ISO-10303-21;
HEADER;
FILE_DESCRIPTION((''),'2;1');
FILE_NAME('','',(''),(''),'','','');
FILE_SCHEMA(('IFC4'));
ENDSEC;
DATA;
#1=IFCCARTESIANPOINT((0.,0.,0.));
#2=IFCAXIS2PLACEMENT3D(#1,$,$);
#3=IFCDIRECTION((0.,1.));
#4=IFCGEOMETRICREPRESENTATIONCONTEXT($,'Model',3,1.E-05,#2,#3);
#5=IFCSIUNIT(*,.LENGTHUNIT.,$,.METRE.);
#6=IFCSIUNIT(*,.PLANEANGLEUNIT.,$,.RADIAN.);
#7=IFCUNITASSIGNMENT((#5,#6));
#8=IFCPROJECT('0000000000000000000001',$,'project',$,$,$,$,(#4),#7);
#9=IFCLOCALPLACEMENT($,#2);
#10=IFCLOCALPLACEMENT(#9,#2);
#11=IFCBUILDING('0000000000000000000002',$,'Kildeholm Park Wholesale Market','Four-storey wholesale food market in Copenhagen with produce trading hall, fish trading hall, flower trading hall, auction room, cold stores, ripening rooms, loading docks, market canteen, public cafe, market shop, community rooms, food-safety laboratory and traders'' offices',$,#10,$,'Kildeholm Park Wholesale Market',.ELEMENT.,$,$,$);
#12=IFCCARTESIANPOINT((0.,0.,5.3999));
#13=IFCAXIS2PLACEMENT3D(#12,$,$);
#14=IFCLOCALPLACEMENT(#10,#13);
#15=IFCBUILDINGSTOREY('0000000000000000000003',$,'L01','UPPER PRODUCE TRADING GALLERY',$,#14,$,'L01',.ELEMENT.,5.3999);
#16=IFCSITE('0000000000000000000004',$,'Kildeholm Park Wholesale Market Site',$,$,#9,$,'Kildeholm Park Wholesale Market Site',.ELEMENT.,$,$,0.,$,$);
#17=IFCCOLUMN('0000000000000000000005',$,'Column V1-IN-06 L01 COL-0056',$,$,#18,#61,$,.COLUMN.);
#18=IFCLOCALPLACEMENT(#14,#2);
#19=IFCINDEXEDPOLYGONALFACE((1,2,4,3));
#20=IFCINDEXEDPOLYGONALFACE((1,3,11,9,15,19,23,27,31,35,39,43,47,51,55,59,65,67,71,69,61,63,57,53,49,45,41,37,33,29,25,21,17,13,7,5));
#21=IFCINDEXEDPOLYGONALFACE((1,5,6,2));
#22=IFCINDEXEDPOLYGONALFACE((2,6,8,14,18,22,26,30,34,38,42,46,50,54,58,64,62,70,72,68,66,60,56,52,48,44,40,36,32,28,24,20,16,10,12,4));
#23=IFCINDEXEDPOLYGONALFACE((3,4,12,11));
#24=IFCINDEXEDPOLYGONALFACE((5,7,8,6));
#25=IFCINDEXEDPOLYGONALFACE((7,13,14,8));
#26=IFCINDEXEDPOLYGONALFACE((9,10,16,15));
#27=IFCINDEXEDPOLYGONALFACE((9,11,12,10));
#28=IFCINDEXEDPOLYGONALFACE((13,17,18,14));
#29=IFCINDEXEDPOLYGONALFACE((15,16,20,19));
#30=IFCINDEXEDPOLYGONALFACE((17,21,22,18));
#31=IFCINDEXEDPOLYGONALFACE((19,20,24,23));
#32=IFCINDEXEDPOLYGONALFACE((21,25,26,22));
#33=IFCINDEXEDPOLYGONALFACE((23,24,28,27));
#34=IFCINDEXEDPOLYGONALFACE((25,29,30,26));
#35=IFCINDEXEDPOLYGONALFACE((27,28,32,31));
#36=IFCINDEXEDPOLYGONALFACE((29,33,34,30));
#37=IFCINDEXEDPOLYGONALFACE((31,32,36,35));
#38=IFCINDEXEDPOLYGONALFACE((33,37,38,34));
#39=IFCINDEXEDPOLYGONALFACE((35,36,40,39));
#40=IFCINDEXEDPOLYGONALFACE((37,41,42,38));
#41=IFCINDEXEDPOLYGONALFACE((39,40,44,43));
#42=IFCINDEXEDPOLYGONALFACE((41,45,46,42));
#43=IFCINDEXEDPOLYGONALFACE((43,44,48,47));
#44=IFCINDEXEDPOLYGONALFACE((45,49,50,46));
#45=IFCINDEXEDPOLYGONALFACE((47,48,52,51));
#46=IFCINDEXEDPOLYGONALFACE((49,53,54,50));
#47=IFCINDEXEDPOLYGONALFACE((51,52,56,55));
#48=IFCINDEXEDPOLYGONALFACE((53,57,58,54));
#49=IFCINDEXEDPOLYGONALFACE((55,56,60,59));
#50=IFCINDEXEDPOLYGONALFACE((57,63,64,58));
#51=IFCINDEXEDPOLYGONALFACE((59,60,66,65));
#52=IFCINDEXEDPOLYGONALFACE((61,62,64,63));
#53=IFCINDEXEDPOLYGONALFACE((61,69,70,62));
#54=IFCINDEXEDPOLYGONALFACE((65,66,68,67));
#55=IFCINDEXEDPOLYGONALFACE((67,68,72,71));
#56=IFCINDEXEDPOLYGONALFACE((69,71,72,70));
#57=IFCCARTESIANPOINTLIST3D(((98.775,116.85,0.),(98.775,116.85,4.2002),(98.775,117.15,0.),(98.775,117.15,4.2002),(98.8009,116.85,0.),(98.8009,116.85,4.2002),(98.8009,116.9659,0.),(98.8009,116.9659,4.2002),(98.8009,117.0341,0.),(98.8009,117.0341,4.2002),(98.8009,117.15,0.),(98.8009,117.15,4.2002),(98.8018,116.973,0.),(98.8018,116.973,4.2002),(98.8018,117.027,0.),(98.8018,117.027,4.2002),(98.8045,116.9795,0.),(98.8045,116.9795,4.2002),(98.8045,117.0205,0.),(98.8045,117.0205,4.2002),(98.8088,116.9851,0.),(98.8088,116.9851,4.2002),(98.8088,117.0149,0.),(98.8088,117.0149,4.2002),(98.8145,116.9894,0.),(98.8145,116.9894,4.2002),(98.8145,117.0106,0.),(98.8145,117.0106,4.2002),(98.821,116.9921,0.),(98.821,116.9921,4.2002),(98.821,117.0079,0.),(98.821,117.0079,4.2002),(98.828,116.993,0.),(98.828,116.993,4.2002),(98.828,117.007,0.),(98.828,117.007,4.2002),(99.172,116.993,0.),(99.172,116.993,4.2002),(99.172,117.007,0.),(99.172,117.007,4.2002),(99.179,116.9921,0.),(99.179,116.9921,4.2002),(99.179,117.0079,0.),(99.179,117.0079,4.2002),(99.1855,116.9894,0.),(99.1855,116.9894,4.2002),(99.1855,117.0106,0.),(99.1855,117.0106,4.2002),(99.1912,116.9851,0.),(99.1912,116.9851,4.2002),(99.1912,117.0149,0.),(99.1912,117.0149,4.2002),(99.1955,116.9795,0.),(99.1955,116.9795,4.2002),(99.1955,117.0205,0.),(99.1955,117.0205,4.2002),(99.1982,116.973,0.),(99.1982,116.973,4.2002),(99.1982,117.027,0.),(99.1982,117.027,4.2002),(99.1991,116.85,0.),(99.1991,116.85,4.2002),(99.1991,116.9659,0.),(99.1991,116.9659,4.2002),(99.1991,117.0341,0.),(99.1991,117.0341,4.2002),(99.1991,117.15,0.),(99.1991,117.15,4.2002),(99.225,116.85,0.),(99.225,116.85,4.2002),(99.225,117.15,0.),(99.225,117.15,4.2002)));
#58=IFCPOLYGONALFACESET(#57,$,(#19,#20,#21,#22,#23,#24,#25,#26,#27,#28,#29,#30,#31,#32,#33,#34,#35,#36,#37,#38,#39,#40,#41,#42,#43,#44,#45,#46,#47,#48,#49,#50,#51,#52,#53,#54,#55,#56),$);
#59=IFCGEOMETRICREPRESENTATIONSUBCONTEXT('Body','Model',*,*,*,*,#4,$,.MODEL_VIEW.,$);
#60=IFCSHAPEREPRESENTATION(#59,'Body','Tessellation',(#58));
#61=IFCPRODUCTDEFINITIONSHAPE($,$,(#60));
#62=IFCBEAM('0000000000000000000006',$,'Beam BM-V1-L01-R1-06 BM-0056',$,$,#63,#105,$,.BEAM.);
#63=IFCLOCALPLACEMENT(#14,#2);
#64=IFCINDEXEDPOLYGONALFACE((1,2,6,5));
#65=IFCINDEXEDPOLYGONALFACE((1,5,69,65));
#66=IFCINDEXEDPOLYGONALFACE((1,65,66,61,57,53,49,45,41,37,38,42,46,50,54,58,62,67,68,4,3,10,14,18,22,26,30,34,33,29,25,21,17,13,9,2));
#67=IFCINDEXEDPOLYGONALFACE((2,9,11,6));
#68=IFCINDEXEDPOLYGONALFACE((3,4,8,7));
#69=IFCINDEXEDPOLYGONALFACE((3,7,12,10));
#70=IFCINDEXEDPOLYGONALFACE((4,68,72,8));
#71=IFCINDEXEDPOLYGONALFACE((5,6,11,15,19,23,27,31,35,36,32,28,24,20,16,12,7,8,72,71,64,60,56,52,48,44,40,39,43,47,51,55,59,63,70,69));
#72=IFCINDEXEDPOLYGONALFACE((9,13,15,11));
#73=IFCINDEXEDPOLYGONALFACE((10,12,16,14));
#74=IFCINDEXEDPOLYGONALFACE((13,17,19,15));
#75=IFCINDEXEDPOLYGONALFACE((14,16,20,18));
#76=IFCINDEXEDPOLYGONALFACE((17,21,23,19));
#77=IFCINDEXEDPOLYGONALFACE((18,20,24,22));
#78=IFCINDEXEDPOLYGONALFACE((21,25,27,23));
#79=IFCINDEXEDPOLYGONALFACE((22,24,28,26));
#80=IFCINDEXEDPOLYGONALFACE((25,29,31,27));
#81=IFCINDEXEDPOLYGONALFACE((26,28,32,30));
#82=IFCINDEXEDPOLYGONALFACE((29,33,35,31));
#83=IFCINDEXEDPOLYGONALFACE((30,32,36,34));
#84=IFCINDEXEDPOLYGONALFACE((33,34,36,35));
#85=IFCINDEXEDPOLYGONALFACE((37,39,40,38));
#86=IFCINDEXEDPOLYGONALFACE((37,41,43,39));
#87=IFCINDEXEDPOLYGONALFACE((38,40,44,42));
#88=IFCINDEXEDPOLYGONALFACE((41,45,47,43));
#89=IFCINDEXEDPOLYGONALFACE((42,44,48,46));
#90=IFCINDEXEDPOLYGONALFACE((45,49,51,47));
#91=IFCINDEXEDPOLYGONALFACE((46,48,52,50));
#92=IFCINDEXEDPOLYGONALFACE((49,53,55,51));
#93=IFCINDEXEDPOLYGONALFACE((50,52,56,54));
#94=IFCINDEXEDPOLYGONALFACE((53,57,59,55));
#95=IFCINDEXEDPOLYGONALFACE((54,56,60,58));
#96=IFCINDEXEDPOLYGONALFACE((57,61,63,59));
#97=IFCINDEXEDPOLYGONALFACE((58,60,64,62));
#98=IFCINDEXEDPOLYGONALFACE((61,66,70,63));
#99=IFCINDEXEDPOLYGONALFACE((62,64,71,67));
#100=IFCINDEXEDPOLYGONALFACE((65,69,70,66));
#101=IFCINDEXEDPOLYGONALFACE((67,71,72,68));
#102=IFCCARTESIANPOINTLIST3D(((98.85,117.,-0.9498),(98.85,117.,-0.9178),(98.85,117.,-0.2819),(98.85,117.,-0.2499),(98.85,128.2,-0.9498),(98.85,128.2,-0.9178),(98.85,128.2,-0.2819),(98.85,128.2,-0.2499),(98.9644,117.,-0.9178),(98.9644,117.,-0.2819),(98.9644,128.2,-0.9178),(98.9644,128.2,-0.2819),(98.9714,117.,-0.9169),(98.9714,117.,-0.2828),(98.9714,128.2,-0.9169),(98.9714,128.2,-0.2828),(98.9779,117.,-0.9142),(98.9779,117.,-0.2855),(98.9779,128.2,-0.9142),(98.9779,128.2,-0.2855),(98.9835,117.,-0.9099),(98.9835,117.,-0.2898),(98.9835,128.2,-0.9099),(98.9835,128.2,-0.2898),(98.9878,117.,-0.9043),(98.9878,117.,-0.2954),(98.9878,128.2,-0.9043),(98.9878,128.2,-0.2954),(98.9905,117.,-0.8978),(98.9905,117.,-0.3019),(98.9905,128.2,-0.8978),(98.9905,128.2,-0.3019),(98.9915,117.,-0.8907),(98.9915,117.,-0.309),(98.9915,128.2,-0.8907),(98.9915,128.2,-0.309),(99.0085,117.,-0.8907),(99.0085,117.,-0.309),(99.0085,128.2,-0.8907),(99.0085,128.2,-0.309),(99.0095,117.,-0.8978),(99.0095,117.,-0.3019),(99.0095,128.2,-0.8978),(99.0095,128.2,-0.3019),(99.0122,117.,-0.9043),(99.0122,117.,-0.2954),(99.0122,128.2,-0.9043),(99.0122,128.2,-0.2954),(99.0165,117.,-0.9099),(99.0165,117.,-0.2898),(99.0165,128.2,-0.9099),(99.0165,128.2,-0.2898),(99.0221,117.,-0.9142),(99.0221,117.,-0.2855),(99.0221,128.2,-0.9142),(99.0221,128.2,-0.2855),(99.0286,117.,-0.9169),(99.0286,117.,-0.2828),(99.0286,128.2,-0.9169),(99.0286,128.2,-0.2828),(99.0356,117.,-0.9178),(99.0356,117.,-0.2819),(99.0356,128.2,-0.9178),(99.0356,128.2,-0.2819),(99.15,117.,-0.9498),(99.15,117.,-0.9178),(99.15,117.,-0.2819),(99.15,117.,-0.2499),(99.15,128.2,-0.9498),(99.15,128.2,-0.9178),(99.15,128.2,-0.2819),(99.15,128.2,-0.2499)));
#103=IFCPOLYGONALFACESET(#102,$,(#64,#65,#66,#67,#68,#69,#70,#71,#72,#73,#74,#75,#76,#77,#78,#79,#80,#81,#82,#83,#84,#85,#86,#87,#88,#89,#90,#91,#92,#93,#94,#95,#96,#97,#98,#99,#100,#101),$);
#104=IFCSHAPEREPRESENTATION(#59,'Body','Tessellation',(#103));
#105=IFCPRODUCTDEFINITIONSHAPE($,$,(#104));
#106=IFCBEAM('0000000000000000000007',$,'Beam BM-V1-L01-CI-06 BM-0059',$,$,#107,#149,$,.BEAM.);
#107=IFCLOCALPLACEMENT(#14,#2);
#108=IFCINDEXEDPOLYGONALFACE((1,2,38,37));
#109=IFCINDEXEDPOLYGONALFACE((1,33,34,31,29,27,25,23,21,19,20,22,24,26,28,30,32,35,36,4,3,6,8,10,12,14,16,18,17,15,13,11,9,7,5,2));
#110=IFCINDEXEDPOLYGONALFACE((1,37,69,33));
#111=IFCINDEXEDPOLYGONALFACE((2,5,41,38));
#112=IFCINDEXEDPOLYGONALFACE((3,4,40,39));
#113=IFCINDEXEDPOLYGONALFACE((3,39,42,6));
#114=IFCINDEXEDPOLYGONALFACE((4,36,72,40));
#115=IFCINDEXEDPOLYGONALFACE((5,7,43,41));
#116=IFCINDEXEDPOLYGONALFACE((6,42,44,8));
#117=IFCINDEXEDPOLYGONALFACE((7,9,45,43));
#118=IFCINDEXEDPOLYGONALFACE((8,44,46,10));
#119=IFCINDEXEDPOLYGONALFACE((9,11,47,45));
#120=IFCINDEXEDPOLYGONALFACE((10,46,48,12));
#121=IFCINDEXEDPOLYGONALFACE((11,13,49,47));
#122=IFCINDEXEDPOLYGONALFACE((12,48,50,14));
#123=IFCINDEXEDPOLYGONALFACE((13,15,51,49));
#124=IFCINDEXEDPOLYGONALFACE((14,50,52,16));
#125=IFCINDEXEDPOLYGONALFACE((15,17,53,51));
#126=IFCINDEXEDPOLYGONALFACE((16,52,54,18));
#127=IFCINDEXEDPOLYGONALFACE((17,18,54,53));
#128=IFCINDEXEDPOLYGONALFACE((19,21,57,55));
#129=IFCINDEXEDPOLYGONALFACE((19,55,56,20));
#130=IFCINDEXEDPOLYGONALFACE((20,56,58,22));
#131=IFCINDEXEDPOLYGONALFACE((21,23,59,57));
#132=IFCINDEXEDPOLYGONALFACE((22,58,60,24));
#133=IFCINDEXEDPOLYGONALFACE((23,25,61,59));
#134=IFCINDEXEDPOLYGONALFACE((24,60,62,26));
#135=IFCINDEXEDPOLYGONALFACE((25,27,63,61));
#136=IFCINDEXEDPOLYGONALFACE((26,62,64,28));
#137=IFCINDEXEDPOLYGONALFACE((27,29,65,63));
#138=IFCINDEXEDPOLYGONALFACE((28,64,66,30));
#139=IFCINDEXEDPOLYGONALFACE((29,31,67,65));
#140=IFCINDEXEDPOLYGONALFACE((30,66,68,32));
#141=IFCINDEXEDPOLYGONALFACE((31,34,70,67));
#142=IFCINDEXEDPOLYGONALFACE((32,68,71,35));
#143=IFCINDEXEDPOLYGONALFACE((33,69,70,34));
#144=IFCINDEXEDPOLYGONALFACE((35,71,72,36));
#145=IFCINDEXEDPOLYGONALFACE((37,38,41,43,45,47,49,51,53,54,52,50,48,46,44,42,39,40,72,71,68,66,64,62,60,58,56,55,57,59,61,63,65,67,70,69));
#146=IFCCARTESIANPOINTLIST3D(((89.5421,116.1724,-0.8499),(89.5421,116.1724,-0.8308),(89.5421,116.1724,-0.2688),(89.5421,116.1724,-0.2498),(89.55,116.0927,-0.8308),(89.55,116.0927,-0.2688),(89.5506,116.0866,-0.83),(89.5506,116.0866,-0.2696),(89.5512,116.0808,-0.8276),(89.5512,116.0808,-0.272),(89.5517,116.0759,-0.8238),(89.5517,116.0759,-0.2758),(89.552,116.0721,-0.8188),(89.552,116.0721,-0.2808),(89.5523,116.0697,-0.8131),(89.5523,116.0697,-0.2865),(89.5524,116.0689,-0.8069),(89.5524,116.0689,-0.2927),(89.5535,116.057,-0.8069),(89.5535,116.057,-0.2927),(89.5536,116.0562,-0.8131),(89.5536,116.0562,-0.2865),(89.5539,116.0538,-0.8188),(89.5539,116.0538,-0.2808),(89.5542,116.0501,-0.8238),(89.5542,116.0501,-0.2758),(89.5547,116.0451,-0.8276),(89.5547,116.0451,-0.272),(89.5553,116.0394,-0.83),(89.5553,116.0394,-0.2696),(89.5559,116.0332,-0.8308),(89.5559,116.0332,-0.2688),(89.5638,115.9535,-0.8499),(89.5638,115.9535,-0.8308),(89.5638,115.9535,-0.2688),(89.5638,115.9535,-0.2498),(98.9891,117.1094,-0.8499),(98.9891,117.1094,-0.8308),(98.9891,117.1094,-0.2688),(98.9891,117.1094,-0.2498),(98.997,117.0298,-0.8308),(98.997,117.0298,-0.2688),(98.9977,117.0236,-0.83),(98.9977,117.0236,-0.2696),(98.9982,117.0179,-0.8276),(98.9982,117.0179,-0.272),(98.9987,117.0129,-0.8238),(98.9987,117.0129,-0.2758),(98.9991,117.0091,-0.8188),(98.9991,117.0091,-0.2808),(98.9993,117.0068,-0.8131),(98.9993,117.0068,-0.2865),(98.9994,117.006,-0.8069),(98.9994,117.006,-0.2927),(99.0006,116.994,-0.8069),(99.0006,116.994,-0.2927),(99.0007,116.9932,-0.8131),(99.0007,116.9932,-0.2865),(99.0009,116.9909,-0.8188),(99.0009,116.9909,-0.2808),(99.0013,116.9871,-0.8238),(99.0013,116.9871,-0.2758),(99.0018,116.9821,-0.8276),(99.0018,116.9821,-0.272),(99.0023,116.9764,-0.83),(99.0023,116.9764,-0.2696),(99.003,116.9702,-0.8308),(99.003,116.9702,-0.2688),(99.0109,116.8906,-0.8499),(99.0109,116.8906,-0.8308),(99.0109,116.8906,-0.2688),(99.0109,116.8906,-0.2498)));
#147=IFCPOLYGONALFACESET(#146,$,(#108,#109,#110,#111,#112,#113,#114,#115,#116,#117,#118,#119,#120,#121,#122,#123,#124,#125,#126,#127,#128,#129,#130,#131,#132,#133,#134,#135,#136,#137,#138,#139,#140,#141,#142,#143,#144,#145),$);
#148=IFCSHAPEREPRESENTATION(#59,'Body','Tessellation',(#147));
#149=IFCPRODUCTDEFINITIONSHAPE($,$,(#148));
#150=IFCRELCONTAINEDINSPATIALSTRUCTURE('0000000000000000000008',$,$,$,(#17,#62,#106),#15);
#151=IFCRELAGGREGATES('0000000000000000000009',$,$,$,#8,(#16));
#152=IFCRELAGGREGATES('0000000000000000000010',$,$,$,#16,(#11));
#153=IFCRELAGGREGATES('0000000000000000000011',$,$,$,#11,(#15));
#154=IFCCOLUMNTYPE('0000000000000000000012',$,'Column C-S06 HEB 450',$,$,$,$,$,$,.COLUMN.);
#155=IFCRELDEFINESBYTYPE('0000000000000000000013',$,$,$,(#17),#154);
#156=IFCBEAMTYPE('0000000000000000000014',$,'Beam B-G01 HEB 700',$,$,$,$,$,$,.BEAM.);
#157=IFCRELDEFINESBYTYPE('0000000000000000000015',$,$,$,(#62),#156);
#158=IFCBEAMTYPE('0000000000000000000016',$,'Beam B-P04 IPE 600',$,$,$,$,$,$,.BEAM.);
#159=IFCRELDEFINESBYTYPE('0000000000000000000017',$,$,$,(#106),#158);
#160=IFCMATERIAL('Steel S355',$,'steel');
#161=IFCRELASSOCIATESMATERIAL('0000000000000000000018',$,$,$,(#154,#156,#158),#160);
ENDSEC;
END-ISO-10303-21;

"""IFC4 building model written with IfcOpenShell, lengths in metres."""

from ifc_helpers import new_model, si_unit, direction, frame, origin, origin_2d, place, context, subcontext, project, spatial, i_section, extrude, material, material_profile, profile_set, type_object, element, save


model = new_model("IFC4")

# Units and contexts
model_context = context("Model", 3, precision=1e-05, world=origin(), true_north=direction((0.0, 1.0)))
body_context = subcontext(model_context, "Body", "Model", "MODEL_VIEW")
ifc_project = project(units=[si_unit("LENGTHUNIT", "METRE"), si_unit("PLANEANGLEUNIT", "RADIAN")], contexts=[model_context])

# Site, building, storey
site_placement = place(None, origin())
site = spatial("IfcSite", under=ifc_project, at=site_placement, Name="Kildeholm Park Wholesale Market Site", LongName="Kildeholm Park Wholesale Market Site", CompositionType="ELEMENT", RefElevation=0.0)
building_placement = place(site_placement, origin())
building = spatial("IfcBuilding", under=site, at=building_placement, Name="Kildeholm Park Wholesale Market", Description="Four-storey wholesale food market in Copenhagen with produce trading hall, fish trading hall, flower trading hall, auction room, cold stores, ripening rooms, loading docks, market canteen, public cafe, market shop, community rooms, food-safety laboratory and traders' offices", LongName="Kildeholm Park Wholesale Market", CompositionType="ELEMENT")
storey_placement = place(building_placement, frame((0.0, 0.0, 5.3999)))
storey = spatial("IfcBuildingStorey", under=building, at=storey_placement, Name="L01", Description="UPPER PRODUCE TRADING GALLERY", LongName="L01", CompositionType="ELEMENT", Elevation=5.3999)

# Column
ifc_material_1 = material(Name="Steel S355", Category="steel")
ifc_material_profile_1 = material_profile(ifc_material_1, i_section(OverallWidth=0.3, OverallDepth=0.45, WebThickness=0.0139, FlangeThickness=0.0259, FilletRadius=0.0271, at=origin_2d()), Name="HEB 450")
ifc_profile_set_1 = profile_set([ifc_material_profile_1], Name="Steel S355")
column_type = type_object("IfcColumnType", Name="Column C-S06 HEB 450", PredefinedType="COLUMN", material=ifc_profile_set_1)
column_placement = place(storey_placement, frame((99.0, 117.0, 0.0), z_axis=(0.0, 0.0, 1.0), x_axis=(0.0, 1.0, 0.0)))
element("IfcColumn", 1, at=column_placement, inside=storey, type_object=column_type, Name="Column V1-IN-06 L01 COL-0056", PredefinedType="COLUMN", context=body_context, shape_type="SweptSolid", body=[
    extrude(i_section(OverallWidth=0.3, OverallDepth=0.45, WebThickness=0.0139, FlangeThickness=0.0259, FilletRadius=0.0271, at=origin_2d()), origin(), (0.0, 0.0, 1.0), 4.2002),
])

# Beams
ifc_material_profile_2 = material_profile(ifc_material_1, i_section(OverallWidth=0.3, OverallDepth=0.7, WebThickness=0.0171, FlangeThickness=0.032, FilletRadius=0.0271, at=origin_2d()), Name="HEB 700")
ifc_profile_set_2 = profile_set([ifc_material_profile_2], Name="Steel S355")
beam_type_1 = type_object("IfcBeamType", Name="Beam B-G01 HEB 700", PredefinedType="BEAM", material=ifc_profile_set_2)
beam_1_placement = place(storey_placement, frame((99.0, 117.0, -0.5999), z_axis=(0.0, 1.0, 0.0), x_axis=(-1.0, 0.0, 0.0)))
element("IfcBeam", 2, at=beam_1_placement, inside=storey, type_object=beam_type_1, Name="Beam BM-V1-L01-R1-06 BM-0056", PredefinedType="BEAM", context=body_context, shape_type="SweptSolid", body=[
    extrude(i_section(OverallWidth=0.3, OverallDepth=0.7, WebThickness=0.0171, FlangeThickness=0.032, FilletRadius=0.0271, at=origin_2d()), origin(), (0.0, 0.0, 1.0), 11.2),
])
ifc_material_profile_3 = material_profile(ifc_material_1, i_section(OverallWidth=0.22, OverallDepth=0.6001, WebThickness=0.012, FlangeThickness=0.019, FilletRadius=0.0239, at=origin_2d()), Name="IPE 600")
ifc_profile_set_3 = profile_set([ifc_material_profile_3], Name="Steel S355")
beam_type_2 = type_object("IfcBeamType", Name="Beam B-P04 IPE 600", PredefinedType="BEAM", material=ifc_profile_set_3)
beam_2_placement = place(storey_placement, frame((99.0, 117.0, -0.5498), z_axis=(-0.995117, -0.098702, 0.0), x_axis=(0.098702, -0.995117, 0.0)))
element("IfcBeam", 3, at=beam_2_placement, inside=storey, type_object=beam_type_2, Name="Beam BM-V1-L01-CI-06 BM-0059", PredefinedType="BEAM", context=body_context, shape_type="SweptSolid", body=[
    extrude(i_section(OverallWidth=0.22, OverallDepth=0.6001, WebThickness=0.012, FlangeThickness=0.019, FilletRadius=0.0239, at=origin_2d()), origin(), (0.0, 0.0, 1.0), 9.4934),
])

save(model, "model.ifc")
